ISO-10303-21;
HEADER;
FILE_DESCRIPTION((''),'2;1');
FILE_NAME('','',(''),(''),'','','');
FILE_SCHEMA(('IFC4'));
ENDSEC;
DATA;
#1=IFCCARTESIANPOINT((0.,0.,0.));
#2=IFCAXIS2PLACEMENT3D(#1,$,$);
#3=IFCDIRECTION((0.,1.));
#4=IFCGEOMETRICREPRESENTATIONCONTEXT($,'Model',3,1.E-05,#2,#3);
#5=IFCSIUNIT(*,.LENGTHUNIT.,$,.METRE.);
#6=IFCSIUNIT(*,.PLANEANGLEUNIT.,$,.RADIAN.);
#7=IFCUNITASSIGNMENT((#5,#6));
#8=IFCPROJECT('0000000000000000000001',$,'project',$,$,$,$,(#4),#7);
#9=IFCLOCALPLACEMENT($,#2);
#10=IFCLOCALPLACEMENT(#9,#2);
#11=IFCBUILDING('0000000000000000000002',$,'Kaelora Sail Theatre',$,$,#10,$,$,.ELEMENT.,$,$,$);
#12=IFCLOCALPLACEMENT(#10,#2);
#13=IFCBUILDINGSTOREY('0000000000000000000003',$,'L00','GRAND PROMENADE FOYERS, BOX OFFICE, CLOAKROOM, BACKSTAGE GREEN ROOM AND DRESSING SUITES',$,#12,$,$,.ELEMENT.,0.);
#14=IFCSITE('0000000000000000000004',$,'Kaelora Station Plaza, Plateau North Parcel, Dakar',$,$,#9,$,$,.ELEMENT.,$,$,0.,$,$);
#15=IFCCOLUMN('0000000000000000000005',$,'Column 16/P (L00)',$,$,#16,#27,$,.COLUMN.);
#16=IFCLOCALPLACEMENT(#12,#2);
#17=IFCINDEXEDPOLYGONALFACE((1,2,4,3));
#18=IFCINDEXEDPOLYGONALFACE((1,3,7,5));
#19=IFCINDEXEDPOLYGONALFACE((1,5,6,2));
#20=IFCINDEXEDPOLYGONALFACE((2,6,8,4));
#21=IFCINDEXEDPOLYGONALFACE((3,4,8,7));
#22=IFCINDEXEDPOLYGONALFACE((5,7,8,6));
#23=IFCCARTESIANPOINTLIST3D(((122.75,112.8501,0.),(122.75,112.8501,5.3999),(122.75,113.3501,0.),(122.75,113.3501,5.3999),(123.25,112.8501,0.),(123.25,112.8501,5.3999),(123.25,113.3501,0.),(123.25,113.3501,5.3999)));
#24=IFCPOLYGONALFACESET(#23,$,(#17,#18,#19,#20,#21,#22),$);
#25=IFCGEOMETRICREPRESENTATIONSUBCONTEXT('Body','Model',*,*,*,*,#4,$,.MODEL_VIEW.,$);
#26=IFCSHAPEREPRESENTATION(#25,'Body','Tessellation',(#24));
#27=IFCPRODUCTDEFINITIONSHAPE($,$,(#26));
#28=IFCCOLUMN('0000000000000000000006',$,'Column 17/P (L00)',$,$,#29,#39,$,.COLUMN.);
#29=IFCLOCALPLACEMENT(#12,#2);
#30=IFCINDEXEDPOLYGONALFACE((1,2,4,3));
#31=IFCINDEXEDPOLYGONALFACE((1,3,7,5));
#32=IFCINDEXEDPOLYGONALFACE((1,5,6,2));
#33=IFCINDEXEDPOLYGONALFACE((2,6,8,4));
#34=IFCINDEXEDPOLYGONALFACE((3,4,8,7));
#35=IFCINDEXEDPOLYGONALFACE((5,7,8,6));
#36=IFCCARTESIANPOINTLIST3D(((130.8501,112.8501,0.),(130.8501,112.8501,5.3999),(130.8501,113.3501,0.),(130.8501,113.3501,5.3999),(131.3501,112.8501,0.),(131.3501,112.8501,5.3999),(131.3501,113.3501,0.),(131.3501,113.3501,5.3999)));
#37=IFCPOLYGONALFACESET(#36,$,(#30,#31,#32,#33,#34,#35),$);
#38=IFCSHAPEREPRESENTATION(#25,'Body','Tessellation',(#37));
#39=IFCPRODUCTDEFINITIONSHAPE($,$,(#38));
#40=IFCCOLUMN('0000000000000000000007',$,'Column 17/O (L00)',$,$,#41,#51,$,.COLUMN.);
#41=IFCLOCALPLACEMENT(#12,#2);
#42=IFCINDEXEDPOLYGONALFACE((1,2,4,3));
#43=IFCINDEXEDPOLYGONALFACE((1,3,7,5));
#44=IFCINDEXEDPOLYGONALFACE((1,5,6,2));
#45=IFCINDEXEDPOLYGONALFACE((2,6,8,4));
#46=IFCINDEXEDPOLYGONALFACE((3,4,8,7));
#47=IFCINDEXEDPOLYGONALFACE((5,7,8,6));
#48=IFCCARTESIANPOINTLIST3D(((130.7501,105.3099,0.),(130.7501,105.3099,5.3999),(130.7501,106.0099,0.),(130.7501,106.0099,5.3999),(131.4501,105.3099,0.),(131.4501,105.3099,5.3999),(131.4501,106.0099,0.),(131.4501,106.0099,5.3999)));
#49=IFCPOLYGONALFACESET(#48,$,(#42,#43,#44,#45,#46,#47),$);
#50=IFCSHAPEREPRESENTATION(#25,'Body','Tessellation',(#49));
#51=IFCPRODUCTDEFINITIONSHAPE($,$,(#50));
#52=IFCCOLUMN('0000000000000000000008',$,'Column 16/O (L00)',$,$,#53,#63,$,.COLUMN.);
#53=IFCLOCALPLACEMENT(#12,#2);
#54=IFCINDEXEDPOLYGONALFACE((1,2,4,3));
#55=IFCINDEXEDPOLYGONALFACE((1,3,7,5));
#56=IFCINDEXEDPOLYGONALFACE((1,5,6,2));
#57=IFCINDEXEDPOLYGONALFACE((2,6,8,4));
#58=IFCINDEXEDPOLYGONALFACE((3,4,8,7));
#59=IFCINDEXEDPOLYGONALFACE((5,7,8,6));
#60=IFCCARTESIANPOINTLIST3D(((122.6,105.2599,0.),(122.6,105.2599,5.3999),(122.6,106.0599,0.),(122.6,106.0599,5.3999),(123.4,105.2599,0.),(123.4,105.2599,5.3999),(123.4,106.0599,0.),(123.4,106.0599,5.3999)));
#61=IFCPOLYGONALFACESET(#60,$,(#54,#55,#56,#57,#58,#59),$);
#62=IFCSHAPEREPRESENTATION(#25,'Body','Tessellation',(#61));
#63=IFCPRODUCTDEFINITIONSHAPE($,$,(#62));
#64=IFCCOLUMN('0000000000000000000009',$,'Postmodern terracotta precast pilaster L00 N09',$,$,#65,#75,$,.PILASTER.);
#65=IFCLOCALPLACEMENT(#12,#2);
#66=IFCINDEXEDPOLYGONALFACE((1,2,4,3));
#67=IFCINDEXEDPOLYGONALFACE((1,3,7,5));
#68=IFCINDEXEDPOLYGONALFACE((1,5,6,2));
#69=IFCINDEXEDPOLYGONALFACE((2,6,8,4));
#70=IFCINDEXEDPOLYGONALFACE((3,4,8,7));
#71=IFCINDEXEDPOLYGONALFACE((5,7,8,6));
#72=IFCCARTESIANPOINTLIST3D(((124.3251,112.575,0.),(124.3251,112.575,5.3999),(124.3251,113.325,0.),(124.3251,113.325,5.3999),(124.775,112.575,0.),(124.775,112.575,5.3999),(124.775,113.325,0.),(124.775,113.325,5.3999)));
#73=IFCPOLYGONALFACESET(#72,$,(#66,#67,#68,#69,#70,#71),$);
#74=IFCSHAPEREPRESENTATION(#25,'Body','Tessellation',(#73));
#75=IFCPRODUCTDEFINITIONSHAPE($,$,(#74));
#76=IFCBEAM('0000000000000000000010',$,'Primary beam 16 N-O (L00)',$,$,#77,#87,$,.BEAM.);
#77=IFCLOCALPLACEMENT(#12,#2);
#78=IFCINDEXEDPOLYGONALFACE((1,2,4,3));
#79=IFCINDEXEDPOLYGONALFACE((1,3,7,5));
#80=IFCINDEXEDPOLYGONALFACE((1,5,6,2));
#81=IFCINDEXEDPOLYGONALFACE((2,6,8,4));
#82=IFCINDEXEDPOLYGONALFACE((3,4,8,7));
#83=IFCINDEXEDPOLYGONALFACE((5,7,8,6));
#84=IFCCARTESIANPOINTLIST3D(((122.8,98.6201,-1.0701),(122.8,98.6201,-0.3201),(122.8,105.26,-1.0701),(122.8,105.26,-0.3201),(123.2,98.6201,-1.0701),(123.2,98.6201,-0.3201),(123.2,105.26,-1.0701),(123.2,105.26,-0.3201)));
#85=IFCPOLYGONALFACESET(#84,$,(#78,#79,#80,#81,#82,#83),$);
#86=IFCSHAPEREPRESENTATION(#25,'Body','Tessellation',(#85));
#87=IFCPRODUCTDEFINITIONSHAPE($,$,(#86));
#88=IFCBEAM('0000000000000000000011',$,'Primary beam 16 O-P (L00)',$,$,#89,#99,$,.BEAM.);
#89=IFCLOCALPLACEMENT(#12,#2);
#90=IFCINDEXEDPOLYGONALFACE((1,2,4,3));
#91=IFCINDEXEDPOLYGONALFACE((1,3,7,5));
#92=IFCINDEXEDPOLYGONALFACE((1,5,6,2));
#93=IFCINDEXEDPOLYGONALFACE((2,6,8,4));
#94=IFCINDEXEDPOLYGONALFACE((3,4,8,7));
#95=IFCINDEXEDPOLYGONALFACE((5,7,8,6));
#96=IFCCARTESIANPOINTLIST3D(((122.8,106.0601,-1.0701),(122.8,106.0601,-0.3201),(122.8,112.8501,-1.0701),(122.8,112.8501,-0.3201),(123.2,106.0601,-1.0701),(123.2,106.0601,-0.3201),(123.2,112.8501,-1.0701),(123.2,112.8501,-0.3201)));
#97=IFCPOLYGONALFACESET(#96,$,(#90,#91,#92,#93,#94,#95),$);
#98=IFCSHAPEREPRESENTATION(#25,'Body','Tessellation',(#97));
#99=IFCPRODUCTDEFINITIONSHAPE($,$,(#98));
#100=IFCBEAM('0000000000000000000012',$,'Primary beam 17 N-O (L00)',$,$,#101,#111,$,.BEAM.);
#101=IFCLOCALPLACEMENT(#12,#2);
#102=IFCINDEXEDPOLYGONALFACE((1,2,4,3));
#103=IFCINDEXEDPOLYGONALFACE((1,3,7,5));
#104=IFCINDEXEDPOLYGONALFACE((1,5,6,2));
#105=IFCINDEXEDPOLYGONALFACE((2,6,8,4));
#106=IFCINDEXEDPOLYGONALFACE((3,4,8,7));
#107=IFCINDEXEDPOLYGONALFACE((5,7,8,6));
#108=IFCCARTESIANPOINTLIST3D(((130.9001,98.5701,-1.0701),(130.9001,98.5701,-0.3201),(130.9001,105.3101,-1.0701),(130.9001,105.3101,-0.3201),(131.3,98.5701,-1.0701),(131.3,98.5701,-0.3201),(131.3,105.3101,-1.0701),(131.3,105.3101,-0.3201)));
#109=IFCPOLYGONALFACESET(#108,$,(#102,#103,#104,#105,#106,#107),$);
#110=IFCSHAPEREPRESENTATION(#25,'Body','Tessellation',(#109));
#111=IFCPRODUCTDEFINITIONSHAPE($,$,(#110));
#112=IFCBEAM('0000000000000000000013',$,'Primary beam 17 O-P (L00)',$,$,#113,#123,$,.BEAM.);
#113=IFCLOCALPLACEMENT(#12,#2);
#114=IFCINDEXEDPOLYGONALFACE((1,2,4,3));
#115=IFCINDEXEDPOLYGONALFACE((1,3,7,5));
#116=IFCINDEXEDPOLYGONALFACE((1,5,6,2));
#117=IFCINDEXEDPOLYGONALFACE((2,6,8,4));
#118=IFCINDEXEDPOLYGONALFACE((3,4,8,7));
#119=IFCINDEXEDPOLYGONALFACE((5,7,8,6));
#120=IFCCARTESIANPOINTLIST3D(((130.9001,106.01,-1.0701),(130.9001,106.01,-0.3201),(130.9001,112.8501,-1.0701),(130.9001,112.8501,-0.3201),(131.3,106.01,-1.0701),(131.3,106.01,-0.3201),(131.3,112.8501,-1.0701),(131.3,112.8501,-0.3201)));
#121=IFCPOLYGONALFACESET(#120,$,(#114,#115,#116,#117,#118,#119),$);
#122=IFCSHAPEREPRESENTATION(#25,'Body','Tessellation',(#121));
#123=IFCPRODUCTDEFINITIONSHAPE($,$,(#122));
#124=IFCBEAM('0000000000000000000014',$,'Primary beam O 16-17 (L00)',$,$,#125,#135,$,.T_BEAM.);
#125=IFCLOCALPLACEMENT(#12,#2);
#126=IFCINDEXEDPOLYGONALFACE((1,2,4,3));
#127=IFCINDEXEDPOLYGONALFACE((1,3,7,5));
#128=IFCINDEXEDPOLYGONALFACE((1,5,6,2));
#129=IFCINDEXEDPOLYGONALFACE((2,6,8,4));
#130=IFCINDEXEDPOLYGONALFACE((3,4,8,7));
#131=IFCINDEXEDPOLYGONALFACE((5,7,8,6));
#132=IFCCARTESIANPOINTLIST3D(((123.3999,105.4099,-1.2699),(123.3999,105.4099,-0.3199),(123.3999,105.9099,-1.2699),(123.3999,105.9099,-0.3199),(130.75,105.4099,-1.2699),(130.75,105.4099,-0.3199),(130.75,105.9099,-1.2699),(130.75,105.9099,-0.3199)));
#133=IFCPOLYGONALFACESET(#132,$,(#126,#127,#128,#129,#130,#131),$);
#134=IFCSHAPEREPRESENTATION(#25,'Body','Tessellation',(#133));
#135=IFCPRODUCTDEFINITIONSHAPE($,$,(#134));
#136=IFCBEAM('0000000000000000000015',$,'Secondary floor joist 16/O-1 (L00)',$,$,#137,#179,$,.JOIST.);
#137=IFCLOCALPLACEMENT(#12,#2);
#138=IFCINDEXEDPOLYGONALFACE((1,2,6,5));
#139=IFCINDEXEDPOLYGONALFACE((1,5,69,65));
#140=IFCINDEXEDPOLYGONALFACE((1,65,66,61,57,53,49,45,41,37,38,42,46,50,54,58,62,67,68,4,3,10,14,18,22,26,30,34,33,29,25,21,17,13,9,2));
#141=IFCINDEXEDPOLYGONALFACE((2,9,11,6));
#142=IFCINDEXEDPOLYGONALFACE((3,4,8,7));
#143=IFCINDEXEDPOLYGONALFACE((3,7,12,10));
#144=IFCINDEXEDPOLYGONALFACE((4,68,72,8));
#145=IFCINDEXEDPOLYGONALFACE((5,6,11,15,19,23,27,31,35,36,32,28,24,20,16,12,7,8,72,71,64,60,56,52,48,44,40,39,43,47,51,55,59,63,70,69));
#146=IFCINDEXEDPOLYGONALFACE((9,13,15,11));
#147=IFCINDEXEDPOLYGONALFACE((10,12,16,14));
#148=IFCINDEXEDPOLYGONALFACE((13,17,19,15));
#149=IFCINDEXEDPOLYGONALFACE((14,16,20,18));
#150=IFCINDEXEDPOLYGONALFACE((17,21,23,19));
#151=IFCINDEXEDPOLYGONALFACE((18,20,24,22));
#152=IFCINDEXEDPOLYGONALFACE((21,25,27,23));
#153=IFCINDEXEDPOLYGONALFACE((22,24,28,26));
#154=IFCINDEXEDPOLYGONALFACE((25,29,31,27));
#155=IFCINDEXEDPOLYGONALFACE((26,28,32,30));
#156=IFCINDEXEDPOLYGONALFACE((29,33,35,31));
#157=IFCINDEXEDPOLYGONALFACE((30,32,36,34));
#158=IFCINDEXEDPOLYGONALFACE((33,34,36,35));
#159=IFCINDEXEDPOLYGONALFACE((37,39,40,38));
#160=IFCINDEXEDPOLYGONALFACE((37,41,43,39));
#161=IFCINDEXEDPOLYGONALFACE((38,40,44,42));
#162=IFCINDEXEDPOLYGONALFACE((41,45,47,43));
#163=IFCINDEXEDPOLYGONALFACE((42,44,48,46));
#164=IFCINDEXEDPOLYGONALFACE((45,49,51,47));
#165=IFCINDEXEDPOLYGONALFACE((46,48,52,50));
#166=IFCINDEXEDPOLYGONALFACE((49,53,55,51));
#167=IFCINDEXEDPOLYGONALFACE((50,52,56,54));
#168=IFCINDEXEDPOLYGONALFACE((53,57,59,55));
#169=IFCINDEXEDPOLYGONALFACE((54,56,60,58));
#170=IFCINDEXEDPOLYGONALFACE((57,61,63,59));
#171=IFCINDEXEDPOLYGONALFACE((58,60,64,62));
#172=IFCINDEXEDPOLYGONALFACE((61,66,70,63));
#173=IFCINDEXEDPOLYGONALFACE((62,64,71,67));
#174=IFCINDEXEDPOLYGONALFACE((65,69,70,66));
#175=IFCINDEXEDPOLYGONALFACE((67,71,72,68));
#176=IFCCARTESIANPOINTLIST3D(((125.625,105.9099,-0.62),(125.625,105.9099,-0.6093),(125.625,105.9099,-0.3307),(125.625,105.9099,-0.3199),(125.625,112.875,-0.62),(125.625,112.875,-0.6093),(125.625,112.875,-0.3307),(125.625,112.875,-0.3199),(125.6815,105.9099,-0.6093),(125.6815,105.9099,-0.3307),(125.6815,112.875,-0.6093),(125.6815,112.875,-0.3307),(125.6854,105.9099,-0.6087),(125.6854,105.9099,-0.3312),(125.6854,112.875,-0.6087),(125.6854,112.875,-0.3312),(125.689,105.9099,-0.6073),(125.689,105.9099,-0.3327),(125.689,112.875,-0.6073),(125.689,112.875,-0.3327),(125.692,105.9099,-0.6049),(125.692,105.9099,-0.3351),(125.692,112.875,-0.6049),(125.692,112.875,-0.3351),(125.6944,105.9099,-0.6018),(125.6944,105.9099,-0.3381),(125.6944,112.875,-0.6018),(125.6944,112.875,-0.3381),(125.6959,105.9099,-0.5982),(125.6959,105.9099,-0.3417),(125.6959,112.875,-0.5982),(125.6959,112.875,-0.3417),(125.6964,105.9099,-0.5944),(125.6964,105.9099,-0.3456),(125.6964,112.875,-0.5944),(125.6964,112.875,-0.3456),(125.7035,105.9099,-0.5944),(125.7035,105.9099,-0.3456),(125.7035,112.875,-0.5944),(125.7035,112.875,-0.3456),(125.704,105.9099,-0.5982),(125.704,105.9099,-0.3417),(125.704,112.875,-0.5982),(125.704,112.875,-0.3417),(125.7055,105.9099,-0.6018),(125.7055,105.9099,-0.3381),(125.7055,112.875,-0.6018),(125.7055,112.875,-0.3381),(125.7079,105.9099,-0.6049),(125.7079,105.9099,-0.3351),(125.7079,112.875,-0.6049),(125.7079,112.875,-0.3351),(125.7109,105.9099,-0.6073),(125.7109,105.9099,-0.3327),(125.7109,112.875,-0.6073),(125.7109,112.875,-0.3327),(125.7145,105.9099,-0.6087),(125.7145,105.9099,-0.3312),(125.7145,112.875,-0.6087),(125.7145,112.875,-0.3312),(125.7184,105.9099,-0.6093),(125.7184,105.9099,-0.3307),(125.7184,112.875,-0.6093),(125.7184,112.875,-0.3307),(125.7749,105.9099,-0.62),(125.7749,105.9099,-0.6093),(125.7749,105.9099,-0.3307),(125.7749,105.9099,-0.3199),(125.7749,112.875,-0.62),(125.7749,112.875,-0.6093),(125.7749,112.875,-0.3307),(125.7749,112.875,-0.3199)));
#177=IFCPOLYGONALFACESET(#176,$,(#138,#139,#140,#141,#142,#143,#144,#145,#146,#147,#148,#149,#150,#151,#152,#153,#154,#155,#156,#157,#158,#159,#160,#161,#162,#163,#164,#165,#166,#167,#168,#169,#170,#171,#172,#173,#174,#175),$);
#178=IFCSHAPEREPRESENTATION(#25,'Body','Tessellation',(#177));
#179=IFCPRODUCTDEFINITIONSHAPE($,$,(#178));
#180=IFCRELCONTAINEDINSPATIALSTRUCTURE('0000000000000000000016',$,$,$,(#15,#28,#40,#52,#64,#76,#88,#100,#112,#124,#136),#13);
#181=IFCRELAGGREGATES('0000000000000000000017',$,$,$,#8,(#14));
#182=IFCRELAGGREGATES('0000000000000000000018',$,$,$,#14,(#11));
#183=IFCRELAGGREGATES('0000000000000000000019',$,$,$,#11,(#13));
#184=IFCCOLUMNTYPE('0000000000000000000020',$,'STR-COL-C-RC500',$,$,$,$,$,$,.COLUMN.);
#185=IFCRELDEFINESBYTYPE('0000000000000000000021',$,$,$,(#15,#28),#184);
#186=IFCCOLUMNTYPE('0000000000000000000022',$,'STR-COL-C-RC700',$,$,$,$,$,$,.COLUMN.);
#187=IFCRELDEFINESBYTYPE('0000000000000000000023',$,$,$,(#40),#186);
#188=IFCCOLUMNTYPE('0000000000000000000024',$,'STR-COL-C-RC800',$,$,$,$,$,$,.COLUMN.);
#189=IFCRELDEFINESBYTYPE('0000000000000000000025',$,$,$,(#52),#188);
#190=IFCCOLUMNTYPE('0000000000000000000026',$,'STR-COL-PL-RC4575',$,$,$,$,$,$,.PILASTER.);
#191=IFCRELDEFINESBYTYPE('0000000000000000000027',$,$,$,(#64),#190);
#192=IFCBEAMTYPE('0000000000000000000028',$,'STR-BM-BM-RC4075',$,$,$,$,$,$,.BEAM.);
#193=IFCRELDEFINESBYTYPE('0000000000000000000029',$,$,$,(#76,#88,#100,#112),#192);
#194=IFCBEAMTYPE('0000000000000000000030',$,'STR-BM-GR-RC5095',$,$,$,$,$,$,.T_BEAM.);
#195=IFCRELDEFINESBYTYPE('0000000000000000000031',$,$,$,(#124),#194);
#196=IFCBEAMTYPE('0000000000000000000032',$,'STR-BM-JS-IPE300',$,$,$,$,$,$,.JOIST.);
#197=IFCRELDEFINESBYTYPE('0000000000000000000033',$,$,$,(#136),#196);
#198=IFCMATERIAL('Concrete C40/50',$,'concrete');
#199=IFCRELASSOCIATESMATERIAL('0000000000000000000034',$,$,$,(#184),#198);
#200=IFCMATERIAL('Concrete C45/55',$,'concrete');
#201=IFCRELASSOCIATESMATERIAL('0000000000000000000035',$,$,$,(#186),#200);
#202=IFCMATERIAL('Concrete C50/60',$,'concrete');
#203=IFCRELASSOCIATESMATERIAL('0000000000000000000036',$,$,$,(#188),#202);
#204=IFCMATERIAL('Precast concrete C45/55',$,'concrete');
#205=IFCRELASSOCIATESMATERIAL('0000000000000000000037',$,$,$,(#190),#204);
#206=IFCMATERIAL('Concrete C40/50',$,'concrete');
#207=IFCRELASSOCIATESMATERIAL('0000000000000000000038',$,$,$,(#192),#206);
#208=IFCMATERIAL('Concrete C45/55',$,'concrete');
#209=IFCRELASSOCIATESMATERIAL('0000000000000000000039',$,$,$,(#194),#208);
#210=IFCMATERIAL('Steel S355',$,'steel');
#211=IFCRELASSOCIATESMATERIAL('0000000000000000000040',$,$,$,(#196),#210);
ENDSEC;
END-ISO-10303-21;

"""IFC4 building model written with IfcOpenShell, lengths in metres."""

from ifc_helpers import new_model, si_unit, direction, frame, origin, origin_2d, place, context, subcontext, project, spatial, rectangle, i_section, extrude, material, material_profile, profile_set, type_object, element, save


model = new_model("IFC4")

# Units and contexts
model_context = context("Model", 3, precision=1e-05, world=origin(), true_north=direction((0.0, 1.0)))
body_context = subcontext(model_context, "Body", "Model", "MODEL_VIEW")
ifc_project = project(units=[si_unit("LENGTHUNIT", "METRE"), si_unit("PLANEANGLEUNIT", "RADIAN")], contexts=[model_context])

# Site, building, storey
site_placement = place(None, origin())
site = spatial("IfcSite", under=ifc_project, at=site_placement, Name="Kaelora Station Plaza, Plateau North Parcel, Dakar", CompositionType="ELEMENT", RefElevation=0.0)
building_placement = place(site_placement, origin())
building = spatial("IfcBuilding", under=site, at=building_placement, Name="Kaelora Sail Theatre", CompositionType="ELEMENT")
storey_placement = place(building_placement, origin())
storey = spatial("IfcBuildingStorey", under=building, at=storey_placement, Name="L00", Description="GRAND PROMENADE FOYERS, BOX OFFICE, CLOAKROOM, BACKSTAGE GREEN ROOM AND DRESSING SUITES", CompositionType="ELEMENT", Elevation=0.0)

# Columns
ifc_material_1 = material(Name="Concrete C40/50", Category="concrete")
ifc_material_profile_1 = material_profile(ifc_material_1, rectangle(XDim=0.5, YDim=0.5, at=origin_2d()), Name="RC-COL 500x500")
ifc_profile_set_1 = profile_set([ifc_material_profile_1], Name="Concrete C40/50")
column_type_1 = type_object("IfcColumnType", Name="STR-COL-C-RC500", PredefinedType="COLUMN", material=ifc_profile_set_1)
for number, where, z_axis, x_axis, name in (
    (1, (123.0, 113.1001, 0.0), (0.0, 0.0, 1.0), (1.0, 0.0, 0.0), "Column 16/P (L00)"),
    (2, (131.1001, 113.1001, 0.0), (0.0, 0.0, 1.0), (1.0, 0.0, 0.0), "Column 17/P (L00)"),
):
    element("IfcColumn", number, at=place(storey_placement, frame(where, z_axis=z_axis, x_axis=x_axis)), inside=storey, type_object=column_type_1, Name=name, PredefinedType="COLUMN", context=body_context, shape_type="SweptSolid", body=[
        extrude(rectangle(XDim=0.5, YDim=0.5, at=origin_2d()), origin(), (0.0, 0.0, 1.0), 5.3999),
    ])
ifc_material_2 = material(Name="Concrete C45/55", Category="concrete")
ifc_material_profile_2 = material_profile(ifc_material_2, rectangle(XDim=0.7, YDim=0.7, at=origin_2d()), Name="RC-COL 700x700")
ifc_profile_set_2 = profile_set([ifc_material_profile_2], Name="Concrete C45/55")
column_type_2 = type_object("IfcColumnType", Name="STR-COL-C-RC700", PredefinedType="COLUMN", material=ifc_profile_set_2)
column_1_placement = place(storey_placement, frame((131.1001, 105.6599, 0.0), z_axis=(0.0, 0.0, 1.0), x_axis=(1.0, 0.0, 0.0)))
element("IfcColumn", 3, at=column_1_placement, inside=storey, type_object=column_type_2, Name="Column 17/O (L00)", PredefinedType="COLUMN", context=body_context, shape_type="SweptSolid", body=[
    extrude(rectangle(XDim=0.7, YDim=0.7, at=origin_2d()), origin(), (0.0, 0.0, 1.0), 5.3999),
])
ifc_material_3 = material(Name="Concrete C50/60", Category="concrete")
ifc_material_profile_3 = material_profile(ifc_material_3, rectangle(XDim=0.8, YDim=0.8, at=origin_2d()), Name="RC-COL 800x800")
ifc_profile_set_3 = profile_set([ifc_material_profile_3], Name="Concrete C50/60")
column_type_3 = type_object("IfcColumnType", Name="STR-COL-C-RC800", PredefinedType="COLUMN", material=ifc_profile_set_3)
column_2_placement = place(storey_placement, frame((123.0, 105.6599, 0.0), z_axis=(0.0, 0.0, 1.0), x_axis=(1.0, 0.0, 0.0)))
element("IfcColumn", 4, at=column_2_placement, inside=storey, type_object=column_type_3, Name="Column 16/O (L00)", PredefinedType="COLUMN", context=body_context, shape_type="SweptSolid", body=[
    extrude(rectangle(XDim=0.8, YDim=0.8, at=origin_2d()), origin(), (0.0, 0.0, 1.0), 5.3999),
])
ifc_material_4 = material(Name="Precast concrete C45/55", Category="concrete")
ifc_material_profile_4 = material_profile(ifc_material_4, rectangle(XDim=0.45, YDim=0.75, at=origin_2d()), Name="RC-PIL 450x750")
ifc_profile_set_4 = profile_set([ifc_material_profile_4], Name="Precast concrete C45/55")
column_type_4 = type_object("IfcColumnType", Name="STR-COL-PL-RC4575", PredefinedType="PILASTER", material=ifc_profile_set_4)
column_3_placement = place(storey_placement, frame((124.55, 112.95, 0.0), z_axis=(0.0, 0.0, 1.0), x_axis=(1.0, 0.0, 0.0)))
element("IfcColumn", 5, at=column_3_placement, inside=storey, type_object=column_type_4, Name="Postmodern terracotta precast pilaster L00 N09", PredefinedType="PILASTER", context=body_context, shape_type="SweptSolid", body=[
    extrude(rectangle(XDim=0.45, YDim=0.75, at=origin_2d()), origin(), (0.0, 0.0, 1.0), 5.3999),
])

# Beams
ifc_material_5 = material(Name="Concrete C40/50", Category="concrete")
ifc_material_profile_5 = material_profile(ifc_material_5, rectangle(XDim=0.3999, YDim=0.75, at=origin_2d()), Name="RC-BM 400x750")
ifc_profile_set_5 = profile_set([ifc_material_profile_5], Name="Concrete C40/50")
beam_type_1 = type_object("IfcBeamType", Name="STR-BM-BM-RC4075", PredefinedType="BEAM", material=ifc_profile_set_5)
beam_1_placement = place(storey_placement, frame((123.0, 98.6201, -0.6951), z_axis=(0.0, 1.0, 0.0), x_axis=(-1.0, 0.0, 0.0)))
element("IfcBeam", 6, at=beam_1_placement, inside=storey, type_object=beam_type_1, Name="Primary beam 16 N-O (L00)", PredefinedType="BEAM", context=body_context, shape_type="SweptSolid", body=[
    extrude(rectangle(XDim=0.3999, YDim=0.75, at=origin_2d()), origin(), (0.0, 0.0, 1.0), 6.6399),
])
beam_2_placement = place(storey_placement, frame((123.0, 106.0601, -0.6951), z_axis=(0.0, 1.0, 0.0), x_axis=(-1.0, 0.0, 0.0)))
element("IfcBeam", 7, at=beam_2_placement, inside=storey, type_object=beam_type_1, Name="Primary beam 16 O-P (L00)", PredefinedType="BEAM", context=body_context, shape_type="SweptSolid", body=[
    extrude(rectangle(XDim=0.3999, YDim=0.75, at=origin_2d()), origin(), (0.0, 0.0, 1.0), 6.79),
])
beam_3_placement = place(storey_placement, frame((131.1001, 98.5701, -0.6951), z_axis=(0.0, 1.0, 0.0), x_axis=(-1.0, 0.0, 0.0)))
element("IfcBeam", 8, at=beam_3_placement, inside=storey, type_object=beam_type_1, Name="Primary beam 17 N-O (L00)", PredefinedType="BEAM", context=body_context, shape_type="SweptSolid", body=[
    extrude(rectangle(XDim=0.3999, YDim=0.75, at=origin_2d()), origin(), (0.0, 0.0, 1.0), 6.74),
])
beam_4_placement = place(storey_placement, frame((131.1001, 106.01, -0.6951), z_axis=(0.0, 1.0, 0.0), x_axis=(-1.0, 0.0, 0.0)))
element("IfcBeam", 9, at=beam_4_placement, inside=storey, type_object=beam_type_1, Name="Primary beam 17 O-P (L00)", PredefinedType="BEAM", context=body_context, shape_type="SweptSolid", body=[
    extrude(rectangle(XDim=0.3999, YDim=0.75, at=origin_2d()), origin(), (0.0, 0.0, 1.0), 6.8401),
])
ifc_material_6 = material(Name="Concrete C45/55", Category="concrete")
ifc_material_profile_6 = material_profile(ifc_material_6, rectangle(XDim=0.5, YDim=0.95, at=origin_2d()), Name="RC-GRD 500x950")
ifc_profile_set_6 = profile_set([ifc_material_profile_6], Name="Concrete C45/55")
beam_type_2 = type_object("IfcBeamType", Name="STR-BM-GR-RC5095", PredefinedType="T_BEAM", material=ifc_profile_set_6)
beam_5_placement = place(storey_placement, frame((123.3999, 105.6599, -0.7949), z_axis=(1.0, 0.0, 0.0), x_axis=(0.0, 1.0, 0.0)))
element("IfcBeam", 10, at=beam_5_placement, inside=storey, type_object=beam_type_2, Name="Primary beam O 16-17 (L00)", PredefinedType="T_BEAM", context=body_context, shape_type="SweptSolid", body=[
    extrude(rectangle(XDim=0.5, YDim=0.95, at=origin_2d()), origin(), (0.0, 0.0, 1.0), 7.3501),
])
ifc_material_7 = material(Name="Steel S355", Category="steel")
ifc_material_profile_7 = material_profile(ifc_material_7, i_section(OverallWidth=0.1499, OverallDepth=0.3, WebThickness=0.0071, FlangeThickness=0.0107, FilletRadius=0.0149, at=origin_2d()), Name="IPE 300")
ifc_profile_set_7 = profile_set([ifc_material_profile_7], Name="Steel S355")
beam_type_3 = type_object("IfcBeamType", Name="STR-BM-JS-IPE300", PredefinedType="JOIST", material=ifc_profile_set_7)
beam_6_placement = place(storey_placement, frame((125.7, 105.9099, -0.47), z_axis=(0.0, 1.0, 0.0), x_axis=(-1.0, 0.0, 0.0)))
element("IfcBeam", 11, at=beam_6_placement, inside=storey, type_object=beam_type_3, Name="Secondary floor joist 16/O-1 (L00)", PredefinedType="JOIST", context=body_context, shape_type="SweptSolid", body=[
    extrude(i_section(OverallWidth=0.1499, OverallDepth=0.3, WebThickness=0.0071, FlangeThickness=0.0107, FilletRadius=0.0149, at=origin_2d()), origin(), (0.0, 0.0, 1.0), 6.9651),
])

save(model, "model.ifc")
